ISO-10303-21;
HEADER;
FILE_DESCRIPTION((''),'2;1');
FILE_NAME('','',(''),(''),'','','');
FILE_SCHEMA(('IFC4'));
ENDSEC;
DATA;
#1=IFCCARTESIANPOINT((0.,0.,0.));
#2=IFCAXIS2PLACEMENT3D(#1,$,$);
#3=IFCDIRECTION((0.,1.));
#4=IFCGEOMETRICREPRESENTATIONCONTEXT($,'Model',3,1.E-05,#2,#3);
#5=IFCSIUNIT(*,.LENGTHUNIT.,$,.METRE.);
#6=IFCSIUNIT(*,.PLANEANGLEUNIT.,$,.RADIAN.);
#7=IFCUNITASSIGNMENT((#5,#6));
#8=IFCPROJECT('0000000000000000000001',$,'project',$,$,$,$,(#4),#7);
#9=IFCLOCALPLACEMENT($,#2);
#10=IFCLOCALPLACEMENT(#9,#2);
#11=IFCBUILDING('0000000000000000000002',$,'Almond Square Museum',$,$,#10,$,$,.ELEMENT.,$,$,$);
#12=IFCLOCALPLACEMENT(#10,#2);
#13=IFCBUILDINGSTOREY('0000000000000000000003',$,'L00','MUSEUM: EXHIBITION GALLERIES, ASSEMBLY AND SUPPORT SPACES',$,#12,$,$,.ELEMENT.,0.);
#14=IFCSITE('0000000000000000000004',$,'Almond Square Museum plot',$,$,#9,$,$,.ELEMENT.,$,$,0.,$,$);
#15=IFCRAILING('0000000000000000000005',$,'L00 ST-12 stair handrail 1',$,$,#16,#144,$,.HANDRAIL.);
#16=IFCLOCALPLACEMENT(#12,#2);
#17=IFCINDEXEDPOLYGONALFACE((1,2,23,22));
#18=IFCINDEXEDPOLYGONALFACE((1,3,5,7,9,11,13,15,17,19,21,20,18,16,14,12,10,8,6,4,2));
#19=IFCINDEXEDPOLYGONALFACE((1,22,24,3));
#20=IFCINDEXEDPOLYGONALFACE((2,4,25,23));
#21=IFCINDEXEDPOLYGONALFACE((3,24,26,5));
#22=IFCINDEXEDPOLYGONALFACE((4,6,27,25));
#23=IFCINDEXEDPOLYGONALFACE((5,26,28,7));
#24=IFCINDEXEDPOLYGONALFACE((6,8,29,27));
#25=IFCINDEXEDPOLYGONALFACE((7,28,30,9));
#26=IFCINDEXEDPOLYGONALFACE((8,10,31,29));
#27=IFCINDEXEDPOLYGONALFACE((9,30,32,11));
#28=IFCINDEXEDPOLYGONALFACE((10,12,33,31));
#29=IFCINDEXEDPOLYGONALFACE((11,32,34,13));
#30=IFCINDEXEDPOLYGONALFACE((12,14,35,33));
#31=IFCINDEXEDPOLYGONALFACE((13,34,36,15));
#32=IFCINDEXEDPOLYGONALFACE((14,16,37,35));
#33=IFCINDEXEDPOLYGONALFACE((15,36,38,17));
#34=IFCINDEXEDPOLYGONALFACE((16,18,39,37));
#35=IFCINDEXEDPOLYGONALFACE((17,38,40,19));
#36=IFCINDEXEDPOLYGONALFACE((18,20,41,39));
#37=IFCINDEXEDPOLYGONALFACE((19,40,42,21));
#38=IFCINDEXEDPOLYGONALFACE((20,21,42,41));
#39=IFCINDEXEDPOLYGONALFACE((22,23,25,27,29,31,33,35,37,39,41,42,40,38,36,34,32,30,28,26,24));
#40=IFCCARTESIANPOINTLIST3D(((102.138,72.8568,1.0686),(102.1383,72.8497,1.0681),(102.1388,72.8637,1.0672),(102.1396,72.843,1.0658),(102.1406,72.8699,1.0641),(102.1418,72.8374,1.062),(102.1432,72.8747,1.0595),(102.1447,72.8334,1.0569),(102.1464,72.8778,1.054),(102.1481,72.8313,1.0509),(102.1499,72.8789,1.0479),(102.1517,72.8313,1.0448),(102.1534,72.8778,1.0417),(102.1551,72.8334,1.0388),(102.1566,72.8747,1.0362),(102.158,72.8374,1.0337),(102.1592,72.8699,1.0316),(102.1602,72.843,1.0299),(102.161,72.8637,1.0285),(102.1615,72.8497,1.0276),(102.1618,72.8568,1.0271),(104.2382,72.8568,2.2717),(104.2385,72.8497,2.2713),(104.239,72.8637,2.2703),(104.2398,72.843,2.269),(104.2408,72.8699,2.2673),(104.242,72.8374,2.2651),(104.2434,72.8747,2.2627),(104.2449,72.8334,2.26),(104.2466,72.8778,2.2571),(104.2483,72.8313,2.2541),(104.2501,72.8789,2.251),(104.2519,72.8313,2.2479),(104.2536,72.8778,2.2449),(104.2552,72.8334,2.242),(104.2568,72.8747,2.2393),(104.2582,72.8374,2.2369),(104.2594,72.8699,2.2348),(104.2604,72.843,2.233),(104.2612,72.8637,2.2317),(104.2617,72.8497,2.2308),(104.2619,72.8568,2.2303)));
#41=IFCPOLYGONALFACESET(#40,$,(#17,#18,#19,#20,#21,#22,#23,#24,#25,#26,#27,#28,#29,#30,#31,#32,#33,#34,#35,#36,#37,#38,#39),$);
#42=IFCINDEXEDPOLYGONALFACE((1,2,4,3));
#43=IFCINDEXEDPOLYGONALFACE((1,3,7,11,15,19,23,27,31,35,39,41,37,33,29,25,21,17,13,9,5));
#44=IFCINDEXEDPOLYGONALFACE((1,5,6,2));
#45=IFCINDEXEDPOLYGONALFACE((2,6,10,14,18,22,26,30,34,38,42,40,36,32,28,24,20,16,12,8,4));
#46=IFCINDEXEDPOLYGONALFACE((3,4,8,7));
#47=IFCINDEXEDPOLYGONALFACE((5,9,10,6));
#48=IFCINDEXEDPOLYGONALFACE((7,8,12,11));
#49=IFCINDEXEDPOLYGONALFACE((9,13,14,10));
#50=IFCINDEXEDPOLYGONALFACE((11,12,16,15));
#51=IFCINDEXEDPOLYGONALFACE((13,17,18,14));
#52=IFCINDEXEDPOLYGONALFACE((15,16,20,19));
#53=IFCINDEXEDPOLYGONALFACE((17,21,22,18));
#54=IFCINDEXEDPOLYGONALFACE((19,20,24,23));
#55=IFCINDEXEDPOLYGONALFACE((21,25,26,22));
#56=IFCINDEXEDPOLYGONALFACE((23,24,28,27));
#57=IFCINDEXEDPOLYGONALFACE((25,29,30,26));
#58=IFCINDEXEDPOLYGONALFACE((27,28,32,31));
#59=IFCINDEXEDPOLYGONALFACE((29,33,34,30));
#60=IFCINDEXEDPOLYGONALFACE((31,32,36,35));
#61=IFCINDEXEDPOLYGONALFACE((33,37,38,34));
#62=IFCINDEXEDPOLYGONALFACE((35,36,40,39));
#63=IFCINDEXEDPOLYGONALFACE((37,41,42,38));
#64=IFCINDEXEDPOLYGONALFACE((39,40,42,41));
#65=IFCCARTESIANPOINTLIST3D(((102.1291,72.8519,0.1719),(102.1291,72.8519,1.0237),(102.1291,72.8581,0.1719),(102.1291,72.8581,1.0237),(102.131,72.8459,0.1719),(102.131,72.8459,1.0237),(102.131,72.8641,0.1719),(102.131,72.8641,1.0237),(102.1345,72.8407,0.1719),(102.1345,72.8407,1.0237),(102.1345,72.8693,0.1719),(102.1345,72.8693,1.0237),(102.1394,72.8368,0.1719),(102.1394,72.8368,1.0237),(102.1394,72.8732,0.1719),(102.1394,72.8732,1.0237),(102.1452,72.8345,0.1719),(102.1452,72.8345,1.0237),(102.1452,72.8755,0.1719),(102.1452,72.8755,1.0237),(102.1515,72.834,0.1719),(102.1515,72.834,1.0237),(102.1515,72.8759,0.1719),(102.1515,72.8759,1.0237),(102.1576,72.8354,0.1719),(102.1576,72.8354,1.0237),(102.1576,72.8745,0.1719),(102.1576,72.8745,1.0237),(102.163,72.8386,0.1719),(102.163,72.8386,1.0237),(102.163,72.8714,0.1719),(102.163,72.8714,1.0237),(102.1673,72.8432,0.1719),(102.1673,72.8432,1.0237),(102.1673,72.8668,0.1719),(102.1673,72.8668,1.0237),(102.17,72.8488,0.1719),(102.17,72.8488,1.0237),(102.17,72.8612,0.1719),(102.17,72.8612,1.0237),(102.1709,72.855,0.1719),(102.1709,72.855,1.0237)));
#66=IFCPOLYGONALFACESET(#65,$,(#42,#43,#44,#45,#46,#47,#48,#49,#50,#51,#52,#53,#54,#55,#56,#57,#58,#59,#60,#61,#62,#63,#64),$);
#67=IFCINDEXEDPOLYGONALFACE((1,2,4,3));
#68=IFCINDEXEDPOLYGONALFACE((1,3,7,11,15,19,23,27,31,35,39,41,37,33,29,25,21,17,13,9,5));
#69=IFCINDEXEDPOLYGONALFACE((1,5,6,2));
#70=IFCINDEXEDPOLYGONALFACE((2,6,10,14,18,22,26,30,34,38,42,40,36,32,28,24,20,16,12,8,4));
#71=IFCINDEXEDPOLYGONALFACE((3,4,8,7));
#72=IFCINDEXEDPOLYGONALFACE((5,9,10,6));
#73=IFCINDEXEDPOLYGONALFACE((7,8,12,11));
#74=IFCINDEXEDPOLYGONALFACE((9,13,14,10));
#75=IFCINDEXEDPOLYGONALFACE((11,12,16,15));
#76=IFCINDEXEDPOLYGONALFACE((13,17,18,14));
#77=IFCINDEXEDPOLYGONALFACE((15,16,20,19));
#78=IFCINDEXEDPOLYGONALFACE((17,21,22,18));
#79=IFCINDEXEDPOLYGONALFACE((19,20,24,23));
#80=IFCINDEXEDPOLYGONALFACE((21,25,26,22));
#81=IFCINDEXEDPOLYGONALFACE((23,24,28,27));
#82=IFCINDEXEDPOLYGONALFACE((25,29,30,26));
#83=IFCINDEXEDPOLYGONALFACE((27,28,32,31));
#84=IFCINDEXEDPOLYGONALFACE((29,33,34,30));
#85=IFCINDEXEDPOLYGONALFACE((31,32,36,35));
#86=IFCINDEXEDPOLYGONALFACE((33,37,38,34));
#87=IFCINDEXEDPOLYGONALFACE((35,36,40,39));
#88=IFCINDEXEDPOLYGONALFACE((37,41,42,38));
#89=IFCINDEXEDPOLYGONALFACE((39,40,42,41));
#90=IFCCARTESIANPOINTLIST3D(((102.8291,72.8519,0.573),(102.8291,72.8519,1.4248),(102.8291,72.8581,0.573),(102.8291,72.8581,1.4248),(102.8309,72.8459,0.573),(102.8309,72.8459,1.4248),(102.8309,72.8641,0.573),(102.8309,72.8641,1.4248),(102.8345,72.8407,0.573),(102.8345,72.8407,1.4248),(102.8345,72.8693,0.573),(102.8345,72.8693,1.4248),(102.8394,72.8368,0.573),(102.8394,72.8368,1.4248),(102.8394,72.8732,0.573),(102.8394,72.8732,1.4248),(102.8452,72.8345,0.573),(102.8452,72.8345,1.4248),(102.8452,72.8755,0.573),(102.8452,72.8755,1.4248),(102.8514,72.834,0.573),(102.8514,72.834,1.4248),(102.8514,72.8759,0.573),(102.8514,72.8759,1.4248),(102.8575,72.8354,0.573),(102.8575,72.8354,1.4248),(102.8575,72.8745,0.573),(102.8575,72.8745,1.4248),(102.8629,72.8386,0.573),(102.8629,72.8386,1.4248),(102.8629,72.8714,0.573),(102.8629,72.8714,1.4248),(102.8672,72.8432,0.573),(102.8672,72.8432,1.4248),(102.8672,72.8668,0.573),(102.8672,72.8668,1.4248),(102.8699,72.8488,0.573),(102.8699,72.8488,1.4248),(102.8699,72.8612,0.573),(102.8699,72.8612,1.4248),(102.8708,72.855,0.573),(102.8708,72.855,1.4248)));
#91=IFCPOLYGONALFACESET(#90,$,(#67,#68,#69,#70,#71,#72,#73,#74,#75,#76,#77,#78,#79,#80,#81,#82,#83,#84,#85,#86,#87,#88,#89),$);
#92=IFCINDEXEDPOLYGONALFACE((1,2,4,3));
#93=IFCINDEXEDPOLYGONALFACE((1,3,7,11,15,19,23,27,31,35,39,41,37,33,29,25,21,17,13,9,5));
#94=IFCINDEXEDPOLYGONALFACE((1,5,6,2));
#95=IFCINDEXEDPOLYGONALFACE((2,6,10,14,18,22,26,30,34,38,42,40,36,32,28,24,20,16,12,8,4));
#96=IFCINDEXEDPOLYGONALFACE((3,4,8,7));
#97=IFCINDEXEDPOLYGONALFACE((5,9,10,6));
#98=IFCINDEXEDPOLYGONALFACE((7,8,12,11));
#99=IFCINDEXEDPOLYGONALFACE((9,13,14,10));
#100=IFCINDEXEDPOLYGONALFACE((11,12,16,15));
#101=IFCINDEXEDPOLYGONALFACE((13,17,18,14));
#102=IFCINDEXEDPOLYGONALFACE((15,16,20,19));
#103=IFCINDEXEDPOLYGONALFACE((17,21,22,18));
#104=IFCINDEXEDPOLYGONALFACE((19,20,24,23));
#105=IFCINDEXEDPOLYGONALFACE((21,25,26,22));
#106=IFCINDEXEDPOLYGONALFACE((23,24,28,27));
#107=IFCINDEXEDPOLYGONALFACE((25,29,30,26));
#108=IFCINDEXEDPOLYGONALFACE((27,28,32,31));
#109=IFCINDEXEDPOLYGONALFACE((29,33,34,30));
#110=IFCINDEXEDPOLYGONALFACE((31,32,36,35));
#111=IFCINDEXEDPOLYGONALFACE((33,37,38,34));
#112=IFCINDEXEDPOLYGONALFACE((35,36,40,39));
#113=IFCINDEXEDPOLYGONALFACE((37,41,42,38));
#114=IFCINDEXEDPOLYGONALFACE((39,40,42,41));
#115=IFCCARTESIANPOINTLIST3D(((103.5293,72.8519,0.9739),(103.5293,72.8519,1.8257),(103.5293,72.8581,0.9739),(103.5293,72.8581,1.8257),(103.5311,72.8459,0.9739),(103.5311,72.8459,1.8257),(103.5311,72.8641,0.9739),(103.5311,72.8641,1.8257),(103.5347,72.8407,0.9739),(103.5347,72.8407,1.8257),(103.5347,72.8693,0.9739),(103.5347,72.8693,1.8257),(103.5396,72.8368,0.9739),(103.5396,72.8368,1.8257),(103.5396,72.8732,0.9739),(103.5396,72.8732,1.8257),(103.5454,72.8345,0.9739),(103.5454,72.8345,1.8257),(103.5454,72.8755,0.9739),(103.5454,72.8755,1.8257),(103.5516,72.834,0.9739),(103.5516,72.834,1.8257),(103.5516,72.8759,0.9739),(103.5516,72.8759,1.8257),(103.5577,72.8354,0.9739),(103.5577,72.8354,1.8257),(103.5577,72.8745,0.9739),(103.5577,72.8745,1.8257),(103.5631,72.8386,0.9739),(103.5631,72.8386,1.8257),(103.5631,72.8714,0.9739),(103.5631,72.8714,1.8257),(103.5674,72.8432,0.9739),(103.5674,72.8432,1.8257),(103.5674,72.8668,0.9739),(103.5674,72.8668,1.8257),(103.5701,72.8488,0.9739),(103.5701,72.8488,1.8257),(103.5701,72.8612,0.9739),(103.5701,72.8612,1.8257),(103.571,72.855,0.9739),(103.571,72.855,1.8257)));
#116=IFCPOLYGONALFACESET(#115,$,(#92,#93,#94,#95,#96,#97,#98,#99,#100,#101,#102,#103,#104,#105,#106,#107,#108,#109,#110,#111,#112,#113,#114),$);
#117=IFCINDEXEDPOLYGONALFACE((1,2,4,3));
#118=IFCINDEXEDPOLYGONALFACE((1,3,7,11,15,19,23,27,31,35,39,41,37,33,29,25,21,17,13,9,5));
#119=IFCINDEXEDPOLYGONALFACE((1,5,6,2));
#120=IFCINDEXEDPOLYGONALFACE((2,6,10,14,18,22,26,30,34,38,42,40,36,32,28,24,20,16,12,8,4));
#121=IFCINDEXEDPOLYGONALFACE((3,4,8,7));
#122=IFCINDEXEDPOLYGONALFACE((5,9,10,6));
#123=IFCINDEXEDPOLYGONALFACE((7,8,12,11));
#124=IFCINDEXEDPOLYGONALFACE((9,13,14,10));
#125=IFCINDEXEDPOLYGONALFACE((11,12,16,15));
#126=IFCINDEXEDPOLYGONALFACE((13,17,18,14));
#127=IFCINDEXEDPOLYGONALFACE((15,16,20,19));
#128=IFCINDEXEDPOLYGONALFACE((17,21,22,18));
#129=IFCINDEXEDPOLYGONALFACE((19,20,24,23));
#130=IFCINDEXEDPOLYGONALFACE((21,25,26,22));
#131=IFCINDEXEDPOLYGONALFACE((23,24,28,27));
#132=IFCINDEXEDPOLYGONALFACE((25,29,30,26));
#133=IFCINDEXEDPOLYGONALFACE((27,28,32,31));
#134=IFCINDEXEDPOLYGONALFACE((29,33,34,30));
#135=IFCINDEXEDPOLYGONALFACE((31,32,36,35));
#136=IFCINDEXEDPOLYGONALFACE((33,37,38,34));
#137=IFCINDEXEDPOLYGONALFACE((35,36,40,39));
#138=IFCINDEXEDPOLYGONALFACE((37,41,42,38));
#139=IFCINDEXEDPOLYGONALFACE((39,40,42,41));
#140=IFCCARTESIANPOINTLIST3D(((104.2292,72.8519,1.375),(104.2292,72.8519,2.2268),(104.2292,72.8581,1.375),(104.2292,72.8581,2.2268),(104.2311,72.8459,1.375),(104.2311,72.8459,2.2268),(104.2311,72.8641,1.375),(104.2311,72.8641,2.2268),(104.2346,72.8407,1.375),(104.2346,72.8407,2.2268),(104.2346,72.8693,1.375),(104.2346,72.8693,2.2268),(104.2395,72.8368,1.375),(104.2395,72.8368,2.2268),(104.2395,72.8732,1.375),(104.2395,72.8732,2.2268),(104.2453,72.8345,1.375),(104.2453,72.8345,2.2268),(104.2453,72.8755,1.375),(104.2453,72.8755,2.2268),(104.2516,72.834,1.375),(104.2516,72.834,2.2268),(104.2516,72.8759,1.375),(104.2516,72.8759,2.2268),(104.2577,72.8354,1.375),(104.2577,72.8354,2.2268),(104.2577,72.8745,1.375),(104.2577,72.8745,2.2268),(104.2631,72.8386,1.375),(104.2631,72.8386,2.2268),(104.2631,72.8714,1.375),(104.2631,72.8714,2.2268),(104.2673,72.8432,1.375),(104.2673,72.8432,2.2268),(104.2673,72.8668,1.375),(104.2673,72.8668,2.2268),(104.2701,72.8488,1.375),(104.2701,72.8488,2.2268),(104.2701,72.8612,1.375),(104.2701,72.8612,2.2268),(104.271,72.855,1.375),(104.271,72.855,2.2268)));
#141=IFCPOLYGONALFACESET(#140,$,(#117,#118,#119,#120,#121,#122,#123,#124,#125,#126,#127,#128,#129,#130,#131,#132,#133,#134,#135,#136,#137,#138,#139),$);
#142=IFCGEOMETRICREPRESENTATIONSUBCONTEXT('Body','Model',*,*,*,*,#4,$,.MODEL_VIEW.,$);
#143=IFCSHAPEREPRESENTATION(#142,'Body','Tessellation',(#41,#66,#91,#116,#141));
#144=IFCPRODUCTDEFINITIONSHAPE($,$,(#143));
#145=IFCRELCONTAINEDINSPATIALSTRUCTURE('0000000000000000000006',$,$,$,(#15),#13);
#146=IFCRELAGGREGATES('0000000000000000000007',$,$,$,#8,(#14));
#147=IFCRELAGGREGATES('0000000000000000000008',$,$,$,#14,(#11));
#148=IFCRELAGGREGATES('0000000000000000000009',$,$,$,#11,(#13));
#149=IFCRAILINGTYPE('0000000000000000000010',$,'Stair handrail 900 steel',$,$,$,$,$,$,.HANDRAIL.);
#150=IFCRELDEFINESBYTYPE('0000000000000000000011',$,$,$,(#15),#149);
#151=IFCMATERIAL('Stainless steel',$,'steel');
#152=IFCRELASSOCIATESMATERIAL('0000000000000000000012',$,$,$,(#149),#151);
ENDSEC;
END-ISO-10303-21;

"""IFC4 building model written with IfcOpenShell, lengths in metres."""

from ifc_helpers import new_model, si_unit, direction, frame, origin, origin_2d, place, context, subcontext, project, spatial, circle, extrude, material, type_object, element, save


model = new_model("IFC4")

# Units and contexts
model_context = context("Model", 3, precision=1e-05, world=origin(), true_north=direction((0.0, 1.0)))
body_context = subcontext(model_context, "Body", "Model", "MODEL_VIEW")
ifc_project = project(units=[si_unit("LENGTHUNIT", "METRE"), si_unit("PLANEANGLEUNIT", "RADIAN")], contexts=[model_context])

# Site, building, storey
site_placement = place(None, origin())
site = spatial("IfcSite", under=ifc_project, at=site_placement, Name="Almond Square Museum plot", CompositionType="ELEMENT", RefElevation=0.0)
building_placement = place(site_placement, origin())
building = spatial("IfcBuilding", under=site, at=building_placement, Name="Almond Square Museum", CompositionType="ELEMENT")
storey_placement = place(building_placement, origin())
storey = spatial("IfcBuildingStorey", under=building, at=storey_placement, Name="L00", Description="MUSEUM: EXHIBITION GALLERIES, ASSEMBLY AND SUPPORT SPACES", CompositionType="ELEMENT", Elevation=0.0)

# Railing
ifc_material_1 = material(Name="Stainless steel", Category="steel")
railing_type_1 = type_object("IfcRailingType", Name="Stair handrail 900 steel", PredefinedType="HANDRAIL", material=ifc_material_1)
for number, where, name in (
    (1, (102.1499, 72.855, 0.1719), "L00 ST-12 stair handrail 1"),
):
    element("IfcRailing", number, at=place(storey_placement, frame(where)), inside=storey, type_object=railing_type_1, Name=name, PredefinedType="HANDRAIL", context=body_context, shape_type="SweptSolid", body=[
        extrude(circle(Radius=0.0239, at=origin_2d()), frame((0.0, 0.0, 0.876), z_axis=(0.867696, 0.0, 0.497095), x_axis=(0.0, 1.0, 0.0)), (0.0, 0.0, 1.0), 2.4204),
        extrude(circle(Radius=0.021, at=origin_2d()), origin(), (0.0, 0.0, 1.0), 0.8518),
        extrude(circle(Radius=0.021, at=origin_2d()), frame((0.7, 0.0, 0.4011)), (0.0, 0.0, 1.0), 0.8518),
        extrude(circle(Radius=0.021, at=origin_2d()), frame((1.4001, 0.0, 0.802)), (0.0, 0.0, 1.0), 0.8518),
        extrude(circle(Radius=0.021, at=origin_2d()), frame((2.1001, 0.0, 1.2031)), (0.0, 0.0, 1.0), 0.8518),
    ])

save(model, "model.ifc")
